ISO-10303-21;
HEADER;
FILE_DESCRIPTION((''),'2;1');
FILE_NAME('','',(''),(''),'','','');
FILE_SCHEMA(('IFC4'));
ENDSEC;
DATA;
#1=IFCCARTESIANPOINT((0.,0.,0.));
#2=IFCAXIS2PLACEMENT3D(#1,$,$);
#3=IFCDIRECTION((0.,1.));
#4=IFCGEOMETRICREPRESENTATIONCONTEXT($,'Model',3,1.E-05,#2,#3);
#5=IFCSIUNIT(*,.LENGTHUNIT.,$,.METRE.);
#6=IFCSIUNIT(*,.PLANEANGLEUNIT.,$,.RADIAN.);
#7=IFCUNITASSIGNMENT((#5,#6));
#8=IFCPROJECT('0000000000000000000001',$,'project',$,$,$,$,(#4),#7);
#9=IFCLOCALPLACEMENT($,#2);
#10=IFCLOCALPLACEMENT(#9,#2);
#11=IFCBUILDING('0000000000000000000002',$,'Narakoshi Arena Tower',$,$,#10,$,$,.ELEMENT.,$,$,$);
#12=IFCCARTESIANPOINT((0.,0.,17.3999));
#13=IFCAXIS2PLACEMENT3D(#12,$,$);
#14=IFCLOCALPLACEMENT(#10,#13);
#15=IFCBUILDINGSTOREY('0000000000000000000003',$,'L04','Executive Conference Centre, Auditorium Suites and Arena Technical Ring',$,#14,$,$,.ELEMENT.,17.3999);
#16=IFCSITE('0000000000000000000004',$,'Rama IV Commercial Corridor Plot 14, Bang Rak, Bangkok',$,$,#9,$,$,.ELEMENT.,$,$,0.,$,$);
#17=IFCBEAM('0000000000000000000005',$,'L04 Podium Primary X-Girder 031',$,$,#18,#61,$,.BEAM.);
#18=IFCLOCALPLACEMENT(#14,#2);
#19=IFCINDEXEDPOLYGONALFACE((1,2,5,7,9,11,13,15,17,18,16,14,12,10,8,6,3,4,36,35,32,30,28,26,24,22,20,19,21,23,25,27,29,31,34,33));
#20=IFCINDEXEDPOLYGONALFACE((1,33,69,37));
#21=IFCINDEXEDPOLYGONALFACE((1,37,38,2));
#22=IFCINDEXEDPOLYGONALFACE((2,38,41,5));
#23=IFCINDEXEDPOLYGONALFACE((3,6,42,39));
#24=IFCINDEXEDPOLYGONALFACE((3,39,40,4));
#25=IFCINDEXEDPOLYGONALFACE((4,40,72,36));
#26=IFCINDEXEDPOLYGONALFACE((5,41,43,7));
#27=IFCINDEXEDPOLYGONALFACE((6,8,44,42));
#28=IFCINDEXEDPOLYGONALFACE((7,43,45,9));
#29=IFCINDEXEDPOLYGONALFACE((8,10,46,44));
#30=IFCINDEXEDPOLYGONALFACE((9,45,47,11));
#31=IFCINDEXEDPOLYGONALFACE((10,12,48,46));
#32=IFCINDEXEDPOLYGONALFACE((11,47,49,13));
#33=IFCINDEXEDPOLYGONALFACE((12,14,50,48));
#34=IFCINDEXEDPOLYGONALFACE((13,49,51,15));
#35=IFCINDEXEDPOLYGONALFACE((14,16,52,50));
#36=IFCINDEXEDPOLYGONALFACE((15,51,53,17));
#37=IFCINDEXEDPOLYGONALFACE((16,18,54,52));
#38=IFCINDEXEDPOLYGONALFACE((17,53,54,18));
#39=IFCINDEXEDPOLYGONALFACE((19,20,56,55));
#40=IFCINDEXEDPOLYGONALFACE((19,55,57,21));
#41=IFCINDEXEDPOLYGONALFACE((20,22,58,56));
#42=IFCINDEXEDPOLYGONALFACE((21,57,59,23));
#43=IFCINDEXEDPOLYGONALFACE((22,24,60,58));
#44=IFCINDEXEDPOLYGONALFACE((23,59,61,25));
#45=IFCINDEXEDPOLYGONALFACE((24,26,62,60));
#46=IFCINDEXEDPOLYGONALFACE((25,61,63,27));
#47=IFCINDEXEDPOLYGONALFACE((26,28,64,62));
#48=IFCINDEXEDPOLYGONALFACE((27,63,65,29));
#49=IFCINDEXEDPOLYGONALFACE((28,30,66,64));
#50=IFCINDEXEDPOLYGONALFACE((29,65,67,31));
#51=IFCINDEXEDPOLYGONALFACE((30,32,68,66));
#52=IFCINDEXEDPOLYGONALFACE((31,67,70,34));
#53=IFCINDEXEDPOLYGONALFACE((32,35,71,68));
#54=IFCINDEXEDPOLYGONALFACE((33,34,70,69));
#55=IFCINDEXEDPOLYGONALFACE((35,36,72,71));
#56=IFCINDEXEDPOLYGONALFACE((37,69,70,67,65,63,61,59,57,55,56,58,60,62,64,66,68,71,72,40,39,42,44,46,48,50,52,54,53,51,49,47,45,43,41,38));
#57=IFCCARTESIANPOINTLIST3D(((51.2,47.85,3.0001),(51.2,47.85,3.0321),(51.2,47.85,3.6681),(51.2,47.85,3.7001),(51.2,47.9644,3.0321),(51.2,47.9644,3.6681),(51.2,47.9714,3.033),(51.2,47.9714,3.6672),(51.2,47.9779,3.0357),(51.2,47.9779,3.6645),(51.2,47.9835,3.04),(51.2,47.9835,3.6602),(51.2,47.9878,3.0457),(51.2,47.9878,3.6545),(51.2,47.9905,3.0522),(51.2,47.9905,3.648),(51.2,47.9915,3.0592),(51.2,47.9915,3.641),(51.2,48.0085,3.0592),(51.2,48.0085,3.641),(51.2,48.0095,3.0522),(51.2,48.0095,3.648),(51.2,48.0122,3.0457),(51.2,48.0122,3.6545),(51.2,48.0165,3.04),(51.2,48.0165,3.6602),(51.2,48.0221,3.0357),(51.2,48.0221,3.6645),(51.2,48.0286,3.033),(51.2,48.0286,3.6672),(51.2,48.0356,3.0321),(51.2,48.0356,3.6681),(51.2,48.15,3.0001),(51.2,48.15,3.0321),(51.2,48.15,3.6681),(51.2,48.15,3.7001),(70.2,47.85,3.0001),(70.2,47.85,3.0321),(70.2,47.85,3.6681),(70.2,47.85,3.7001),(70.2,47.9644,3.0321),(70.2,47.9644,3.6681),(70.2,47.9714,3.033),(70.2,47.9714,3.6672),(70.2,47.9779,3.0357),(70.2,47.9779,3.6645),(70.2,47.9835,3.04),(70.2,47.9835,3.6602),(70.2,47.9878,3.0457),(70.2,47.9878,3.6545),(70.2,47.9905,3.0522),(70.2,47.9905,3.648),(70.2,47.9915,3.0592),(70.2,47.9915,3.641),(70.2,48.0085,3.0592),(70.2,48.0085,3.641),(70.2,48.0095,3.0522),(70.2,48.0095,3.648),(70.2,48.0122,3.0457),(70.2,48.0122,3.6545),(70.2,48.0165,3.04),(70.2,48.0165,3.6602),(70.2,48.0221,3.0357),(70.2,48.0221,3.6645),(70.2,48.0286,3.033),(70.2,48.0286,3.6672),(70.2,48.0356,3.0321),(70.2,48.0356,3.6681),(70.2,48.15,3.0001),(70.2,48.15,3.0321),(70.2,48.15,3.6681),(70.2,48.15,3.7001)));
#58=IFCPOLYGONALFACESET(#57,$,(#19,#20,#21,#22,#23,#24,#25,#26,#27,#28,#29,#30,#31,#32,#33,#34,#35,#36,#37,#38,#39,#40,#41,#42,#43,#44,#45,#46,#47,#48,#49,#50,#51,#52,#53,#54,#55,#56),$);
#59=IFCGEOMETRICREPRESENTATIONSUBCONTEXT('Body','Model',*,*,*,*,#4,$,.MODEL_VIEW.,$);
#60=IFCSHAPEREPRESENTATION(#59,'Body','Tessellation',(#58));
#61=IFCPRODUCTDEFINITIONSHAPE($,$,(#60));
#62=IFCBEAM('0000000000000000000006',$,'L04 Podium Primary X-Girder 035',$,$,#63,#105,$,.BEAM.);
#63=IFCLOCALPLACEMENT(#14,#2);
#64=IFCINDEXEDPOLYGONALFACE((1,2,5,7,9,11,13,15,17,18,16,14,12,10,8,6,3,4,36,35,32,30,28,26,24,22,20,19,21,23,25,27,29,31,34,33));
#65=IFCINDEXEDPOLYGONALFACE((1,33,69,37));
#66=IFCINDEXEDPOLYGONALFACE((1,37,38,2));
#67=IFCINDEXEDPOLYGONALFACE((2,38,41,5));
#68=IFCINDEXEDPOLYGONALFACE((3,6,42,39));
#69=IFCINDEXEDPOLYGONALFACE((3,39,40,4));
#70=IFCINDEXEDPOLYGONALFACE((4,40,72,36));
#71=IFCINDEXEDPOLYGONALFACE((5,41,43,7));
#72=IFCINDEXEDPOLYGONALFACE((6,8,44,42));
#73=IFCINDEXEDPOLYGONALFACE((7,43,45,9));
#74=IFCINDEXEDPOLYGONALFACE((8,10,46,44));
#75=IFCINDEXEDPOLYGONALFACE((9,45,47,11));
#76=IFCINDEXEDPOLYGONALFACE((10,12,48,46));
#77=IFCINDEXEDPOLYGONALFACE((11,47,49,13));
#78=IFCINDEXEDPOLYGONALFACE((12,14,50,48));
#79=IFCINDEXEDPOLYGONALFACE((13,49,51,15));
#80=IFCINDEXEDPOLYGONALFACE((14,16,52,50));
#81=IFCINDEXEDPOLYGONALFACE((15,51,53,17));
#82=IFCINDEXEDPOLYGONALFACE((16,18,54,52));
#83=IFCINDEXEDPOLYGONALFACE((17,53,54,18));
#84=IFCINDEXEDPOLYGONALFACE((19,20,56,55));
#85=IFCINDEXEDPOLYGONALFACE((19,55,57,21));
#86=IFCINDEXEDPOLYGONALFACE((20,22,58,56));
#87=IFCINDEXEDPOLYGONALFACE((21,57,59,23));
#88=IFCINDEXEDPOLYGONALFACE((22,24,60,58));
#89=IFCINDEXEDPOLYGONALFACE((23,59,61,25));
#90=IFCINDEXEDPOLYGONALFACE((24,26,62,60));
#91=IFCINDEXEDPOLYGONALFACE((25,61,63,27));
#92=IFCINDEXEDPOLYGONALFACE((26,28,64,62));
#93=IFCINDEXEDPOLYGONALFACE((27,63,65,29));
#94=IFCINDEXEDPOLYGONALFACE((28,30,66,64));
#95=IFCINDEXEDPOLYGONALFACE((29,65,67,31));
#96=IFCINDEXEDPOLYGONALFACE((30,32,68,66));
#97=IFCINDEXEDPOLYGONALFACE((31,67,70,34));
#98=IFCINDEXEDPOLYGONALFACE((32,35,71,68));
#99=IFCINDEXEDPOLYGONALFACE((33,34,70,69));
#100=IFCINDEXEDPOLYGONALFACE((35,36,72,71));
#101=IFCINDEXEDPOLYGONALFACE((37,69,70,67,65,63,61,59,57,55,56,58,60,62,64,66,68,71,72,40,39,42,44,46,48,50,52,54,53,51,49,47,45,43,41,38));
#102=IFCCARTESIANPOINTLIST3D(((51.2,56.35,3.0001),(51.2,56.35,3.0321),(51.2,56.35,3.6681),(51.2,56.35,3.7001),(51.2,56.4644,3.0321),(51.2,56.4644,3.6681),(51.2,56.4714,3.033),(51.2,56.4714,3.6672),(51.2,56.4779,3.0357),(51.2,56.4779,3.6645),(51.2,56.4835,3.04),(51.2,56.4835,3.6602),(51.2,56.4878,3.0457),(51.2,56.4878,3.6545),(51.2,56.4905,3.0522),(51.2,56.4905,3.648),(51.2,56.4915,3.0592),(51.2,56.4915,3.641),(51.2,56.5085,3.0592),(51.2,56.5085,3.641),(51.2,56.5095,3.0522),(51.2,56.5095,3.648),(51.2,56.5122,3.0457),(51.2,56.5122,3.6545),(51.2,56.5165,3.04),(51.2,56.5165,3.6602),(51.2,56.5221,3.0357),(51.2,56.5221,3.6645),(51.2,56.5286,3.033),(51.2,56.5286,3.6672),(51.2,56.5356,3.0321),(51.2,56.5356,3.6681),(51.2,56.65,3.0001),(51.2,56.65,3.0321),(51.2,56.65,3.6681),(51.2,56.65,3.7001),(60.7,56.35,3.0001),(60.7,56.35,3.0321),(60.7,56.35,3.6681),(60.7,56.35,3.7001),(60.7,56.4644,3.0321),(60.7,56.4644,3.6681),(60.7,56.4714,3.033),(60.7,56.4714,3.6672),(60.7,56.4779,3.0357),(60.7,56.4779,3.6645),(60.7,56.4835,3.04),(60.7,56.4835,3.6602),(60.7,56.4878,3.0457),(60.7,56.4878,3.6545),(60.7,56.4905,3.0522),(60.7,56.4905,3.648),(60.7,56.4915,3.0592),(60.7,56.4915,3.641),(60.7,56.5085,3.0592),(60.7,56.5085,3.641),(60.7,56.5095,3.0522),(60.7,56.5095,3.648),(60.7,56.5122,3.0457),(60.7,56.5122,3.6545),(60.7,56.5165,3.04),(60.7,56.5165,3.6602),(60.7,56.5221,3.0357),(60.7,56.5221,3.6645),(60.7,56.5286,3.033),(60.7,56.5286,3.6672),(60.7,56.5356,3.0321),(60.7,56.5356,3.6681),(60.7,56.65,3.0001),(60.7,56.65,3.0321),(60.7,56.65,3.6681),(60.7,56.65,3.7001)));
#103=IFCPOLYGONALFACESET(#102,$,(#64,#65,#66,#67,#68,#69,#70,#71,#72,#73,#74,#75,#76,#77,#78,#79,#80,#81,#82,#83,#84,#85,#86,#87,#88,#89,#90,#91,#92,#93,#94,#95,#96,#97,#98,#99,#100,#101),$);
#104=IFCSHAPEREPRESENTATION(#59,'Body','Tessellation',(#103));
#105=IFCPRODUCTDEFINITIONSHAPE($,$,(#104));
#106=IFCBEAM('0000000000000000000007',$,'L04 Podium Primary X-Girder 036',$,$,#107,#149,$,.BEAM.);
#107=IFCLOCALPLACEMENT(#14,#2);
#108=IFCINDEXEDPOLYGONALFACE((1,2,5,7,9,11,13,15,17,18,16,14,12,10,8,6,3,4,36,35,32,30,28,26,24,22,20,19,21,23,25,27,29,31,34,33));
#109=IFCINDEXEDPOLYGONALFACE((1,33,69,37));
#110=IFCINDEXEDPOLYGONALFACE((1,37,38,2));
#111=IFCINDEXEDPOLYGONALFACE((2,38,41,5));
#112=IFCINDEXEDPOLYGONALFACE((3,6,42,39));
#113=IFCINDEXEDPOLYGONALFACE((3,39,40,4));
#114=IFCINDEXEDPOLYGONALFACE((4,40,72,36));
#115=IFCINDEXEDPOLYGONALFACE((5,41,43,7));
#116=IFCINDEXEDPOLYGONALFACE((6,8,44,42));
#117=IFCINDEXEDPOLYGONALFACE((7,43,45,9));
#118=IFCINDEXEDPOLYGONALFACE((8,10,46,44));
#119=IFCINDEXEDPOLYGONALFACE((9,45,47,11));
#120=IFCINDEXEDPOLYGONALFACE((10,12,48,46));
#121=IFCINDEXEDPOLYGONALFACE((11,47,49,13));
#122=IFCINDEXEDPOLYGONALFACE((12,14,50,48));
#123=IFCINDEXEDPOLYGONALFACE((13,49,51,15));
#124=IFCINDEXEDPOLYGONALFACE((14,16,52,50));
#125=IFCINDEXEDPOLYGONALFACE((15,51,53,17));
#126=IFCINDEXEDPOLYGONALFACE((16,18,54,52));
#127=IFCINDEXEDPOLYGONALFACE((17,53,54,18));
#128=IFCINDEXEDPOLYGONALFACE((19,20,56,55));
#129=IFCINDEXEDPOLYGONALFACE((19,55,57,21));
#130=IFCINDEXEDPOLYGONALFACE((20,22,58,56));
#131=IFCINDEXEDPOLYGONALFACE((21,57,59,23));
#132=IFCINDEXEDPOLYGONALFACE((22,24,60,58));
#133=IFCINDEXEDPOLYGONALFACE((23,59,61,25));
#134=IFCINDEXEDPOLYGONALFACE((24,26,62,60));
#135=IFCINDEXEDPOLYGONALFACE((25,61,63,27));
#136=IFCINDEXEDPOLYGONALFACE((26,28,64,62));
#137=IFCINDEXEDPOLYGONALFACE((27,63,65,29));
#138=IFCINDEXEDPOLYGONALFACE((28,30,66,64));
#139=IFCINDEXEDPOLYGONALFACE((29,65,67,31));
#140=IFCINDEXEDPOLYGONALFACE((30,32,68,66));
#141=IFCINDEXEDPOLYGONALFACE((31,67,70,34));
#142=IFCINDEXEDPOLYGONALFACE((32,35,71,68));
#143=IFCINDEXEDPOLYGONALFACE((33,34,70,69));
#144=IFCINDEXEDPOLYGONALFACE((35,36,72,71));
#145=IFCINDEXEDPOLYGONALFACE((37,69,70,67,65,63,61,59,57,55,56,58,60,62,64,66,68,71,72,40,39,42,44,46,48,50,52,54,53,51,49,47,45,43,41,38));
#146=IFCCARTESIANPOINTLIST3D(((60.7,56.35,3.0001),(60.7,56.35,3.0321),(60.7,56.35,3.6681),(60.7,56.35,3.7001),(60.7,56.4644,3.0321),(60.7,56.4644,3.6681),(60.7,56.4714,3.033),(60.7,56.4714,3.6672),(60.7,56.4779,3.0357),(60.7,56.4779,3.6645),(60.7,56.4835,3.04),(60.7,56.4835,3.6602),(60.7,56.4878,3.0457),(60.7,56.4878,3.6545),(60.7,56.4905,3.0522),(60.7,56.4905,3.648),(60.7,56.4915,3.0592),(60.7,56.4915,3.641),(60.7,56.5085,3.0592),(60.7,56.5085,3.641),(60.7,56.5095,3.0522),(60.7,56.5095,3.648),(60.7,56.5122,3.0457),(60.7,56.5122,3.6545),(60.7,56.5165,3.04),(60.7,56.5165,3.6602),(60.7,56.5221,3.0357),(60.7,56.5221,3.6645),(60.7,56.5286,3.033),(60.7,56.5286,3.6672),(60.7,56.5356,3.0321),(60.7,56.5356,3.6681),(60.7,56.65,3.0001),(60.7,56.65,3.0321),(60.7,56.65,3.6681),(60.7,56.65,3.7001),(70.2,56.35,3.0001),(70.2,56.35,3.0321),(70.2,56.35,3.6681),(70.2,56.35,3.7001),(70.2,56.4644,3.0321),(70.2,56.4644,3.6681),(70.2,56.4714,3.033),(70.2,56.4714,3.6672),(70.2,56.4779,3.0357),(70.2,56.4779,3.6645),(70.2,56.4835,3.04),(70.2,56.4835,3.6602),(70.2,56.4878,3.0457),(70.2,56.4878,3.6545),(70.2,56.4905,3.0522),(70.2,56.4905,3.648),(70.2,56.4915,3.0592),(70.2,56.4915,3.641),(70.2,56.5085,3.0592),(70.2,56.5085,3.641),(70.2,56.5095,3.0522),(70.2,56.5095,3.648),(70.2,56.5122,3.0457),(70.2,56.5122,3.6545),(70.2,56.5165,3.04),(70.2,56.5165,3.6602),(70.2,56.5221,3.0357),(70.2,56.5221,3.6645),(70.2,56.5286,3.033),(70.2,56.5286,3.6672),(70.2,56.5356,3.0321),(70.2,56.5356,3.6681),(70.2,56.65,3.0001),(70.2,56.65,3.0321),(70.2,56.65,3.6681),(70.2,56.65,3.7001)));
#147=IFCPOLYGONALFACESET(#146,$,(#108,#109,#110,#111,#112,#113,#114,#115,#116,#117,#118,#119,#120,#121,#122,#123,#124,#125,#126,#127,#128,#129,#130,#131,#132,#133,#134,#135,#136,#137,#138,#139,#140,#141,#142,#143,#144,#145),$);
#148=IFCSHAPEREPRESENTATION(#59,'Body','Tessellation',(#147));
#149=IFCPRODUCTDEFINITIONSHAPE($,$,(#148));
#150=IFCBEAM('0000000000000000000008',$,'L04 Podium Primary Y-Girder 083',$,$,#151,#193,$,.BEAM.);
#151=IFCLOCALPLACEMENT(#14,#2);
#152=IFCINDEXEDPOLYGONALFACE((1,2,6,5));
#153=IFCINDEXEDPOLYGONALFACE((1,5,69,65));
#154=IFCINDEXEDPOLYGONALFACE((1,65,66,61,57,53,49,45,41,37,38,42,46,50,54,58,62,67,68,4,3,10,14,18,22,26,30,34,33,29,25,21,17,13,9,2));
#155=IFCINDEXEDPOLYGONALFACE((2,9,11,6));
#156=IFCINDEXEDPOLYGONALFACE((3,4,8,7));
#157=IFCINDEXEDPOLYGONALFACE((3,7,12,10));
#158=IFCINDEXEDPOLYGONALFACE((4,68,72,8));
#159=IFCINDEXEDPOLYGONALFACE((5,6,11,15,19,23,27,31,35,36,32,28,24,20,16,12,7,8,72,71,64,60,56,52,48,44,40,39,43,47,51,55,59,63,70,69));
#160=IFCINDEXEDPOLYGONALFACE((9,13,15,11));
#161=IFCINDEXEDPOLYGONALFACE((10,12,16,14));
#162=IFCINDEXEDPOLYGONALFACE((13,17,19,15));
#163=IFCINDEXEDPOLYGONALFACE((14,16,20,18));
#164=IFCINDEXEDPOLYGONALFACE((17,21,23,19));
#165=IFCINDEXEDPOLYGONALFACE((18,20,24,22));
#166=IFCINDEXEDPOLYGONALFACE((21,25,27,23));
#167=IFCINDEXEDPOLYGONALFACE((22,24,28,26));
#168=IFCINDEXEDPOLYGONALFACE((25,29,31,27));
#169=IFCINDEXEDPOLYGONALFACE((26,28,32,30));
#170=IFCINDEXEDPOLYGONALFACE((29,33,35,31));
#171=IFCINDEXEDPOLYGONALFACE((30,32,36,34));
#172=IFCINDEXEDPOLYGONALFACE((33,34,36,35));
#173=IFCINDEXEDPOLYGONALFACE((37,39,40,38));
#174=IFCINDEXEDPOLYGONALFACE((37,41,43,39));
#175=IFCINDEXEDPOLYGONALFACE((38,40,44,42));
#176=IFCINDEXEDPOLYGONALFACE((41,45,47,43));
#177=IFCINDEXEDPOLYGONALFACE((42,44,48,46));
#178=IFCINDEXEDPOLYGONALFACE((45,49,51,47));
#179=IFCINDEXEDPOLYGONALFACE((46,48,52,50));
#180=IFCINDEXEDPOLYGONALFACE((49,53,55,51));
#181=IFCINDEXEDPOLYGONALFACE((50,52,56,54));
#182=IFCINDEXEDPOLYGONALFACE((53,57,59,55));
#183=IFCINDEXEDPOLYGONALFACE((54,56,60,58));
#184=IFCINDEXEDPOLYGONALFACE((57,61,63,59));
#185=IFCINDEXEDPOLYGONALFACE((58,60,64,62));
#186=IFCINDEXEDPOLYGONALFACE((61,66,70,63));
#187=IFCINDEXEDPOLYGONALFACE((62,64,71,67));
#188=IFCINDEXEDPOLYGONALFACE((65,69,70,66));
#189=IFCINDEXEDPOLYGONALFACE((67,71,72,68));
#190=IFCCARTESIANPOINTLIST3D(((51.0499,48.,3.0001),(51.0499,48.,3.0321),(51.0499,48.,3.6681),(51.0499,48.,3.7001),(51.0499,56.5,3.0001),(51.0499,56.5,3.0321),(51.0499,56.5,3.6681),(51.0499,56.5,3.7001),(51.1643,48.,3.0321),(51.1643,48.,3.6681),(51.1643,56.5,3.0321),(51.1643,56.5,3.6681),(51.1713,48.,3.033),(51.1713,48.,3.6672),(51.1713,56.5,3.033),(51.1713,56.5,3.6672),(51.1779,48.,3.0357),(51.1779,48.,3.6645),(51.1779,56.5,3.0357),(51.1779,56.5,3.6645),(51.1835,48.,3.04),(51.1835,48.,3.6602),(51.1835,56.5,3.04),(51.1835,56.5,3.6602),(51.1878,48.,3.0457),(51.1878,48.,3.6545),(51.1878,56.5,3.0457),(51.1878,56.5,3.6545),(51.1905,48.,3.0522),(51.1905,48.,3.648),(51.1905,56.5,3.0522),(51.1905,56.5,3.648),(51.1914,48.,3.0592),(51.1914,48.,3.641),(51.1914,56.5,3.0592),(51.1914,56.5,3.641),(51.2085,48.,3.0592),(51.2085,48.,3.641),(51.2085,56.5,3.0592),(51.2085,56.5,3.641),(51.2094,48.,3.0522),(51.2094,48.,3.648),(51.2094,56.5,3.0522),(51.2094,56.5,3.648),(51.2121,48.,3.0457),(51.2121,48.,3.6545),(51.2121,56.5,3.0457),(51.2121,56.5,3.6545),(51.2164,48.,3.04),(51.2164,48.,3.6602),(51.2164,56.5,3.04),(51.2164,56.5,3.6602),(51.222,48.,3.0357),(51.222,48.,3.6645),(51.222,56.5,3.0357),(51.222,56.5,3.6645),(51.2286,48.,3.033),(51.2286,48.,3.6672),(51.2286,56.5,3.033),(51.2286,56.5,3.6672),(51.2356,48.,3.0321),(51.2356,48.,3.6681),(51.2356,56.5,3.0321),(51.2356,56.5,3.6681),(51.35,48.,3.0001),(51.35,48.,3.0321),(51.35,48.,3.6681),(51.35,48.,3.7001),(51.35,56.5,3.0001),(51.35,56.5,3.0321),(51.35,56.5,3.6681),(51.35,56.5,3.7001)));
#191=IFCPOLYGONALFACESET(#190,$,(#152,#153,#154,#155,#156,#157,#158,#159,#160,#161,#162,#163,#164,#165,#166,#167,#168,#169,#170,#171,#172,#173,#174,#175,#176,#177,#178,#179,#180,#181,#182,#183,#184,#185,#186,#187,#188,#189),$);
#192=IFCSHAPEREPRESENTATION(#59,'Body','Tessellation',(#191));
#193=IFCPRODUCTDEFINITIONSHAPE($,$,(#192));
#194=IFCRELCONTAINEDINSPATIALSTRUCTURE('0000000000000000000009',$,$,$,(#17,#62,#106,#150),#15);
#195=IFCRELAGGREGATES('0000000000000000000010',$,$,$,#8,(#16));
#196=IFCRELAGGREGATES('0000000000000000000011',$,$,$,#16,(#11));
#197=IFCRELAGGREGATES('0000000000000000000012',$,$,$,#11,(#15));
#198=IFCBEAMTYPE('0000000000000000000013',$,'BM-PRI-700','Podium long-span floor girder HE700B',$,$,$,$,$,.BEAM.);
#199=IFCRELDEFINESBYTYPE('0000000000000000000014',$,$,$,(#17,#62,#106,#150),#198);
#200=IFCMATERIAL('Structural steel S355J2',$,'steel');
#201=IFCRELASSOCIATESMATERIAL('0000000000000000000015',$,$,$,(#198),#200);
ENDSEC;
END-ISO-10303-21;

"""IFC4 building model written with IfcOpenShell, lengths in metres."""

from ifc_helpers import new_model, si_unit, direction, frame, origin, origin_2d, place, context, subcontext, project, spatial, i_section, extrude, material, material_profile, profile_set, type_object, element, save


model = new_model("IFC4")

# Units and contexts
model_context = context("Model", 3, precision=1e-05, world=origin(), true_north=direction((0.0, 1.0)))
body_context = subcontext(model_context, "Body", "Model", "MODEL_VIEW")
ifc_project = project(units=[si_unit("LENGTHUNIT", "METRE"), si_unit("PLANEANGLEUNIT", "RADIAN")], contexts=[model_context])

# Site, building, storey
site_placement = place(None, origin())
site = spatial("IfcSite", under=ifc_project, at=site_placement, Name="Rama IV Commercial Corridor Plot 14, Bang Rak, Bangkok", CompositionType="ELEMENT", RefElevation=0.0)
building_placement = place(site_placement, origin())
building = spatial("IfcBuilding", under=site, at=building_placement, Name="Narakoshi Arena Tower", CompositionType="ELEMENT")
storey_placement = place(building_placement, frame((0.0, 0.0, 17.3999)))
storey = spatial("IfcBuildingStorey", under=building, at=storey_placement, Name="L04", Description="Executive Conference Centre, Auditorium Suites and Arena Technical Ring", CompositionType="ELEMENT", Elevation=17.3999)

# Beams
ifc_material_1 = material(Name="Structural steel S355J2", Category="steel")
ifc_material_profile_1 = material_profile(ifc_material_1, i_section(OverallWidth=0.3, OverallDepth=0.7, WebThickness=0.0171, FlangeThickness=0.032, FilletRadius=0.0271, at=origin_2d()), Name="HE700B")
ifc_profile_set_1 = profile_set([ifc_material_profile_1], Name="Structural steel S355J2")
beam_type_1 = type_object("IfcBeamType", Name="BM-PRI-700", Description="Podium long-span floor girder HE700B", PredefinedType="BEAM", material=ifc_profile_set_1)
beam_1_placement = place(storey_placement, frame((51.2, 48.0, 3.3501), z_axis=(1.0, 0.0, 0.0), x_axis=(0.0, 1.0, 0.0)))
element("IfcBeam", 1, at=beam_1_placement, inside=storey, type_object=beam_type_1, Name="L04 Podium Primary X-Girder 031", PredefinedType="BEAM", context=body_context, shape_type="SweptSolid", body=[
    extrude(i_section(OverallWidth=0.3, OverallDepth=0.7, WebThickness=0.0171, FlangeThickness=0.032, FilletRadius=0.0271, at=origin_2d()), origin(), (0.0, 0.0, 1.0), 19.0),
])
for number, where, z_axis, x_axis, name in (
    (2, (51.2, 56.5, 3.3501), (1.0, 0.0, 0.0), (0.0, 1.0, 0.0), "L04 Podium Primary X-Girder 035"),
    (3, (60.7, 56.5, 3.3501), (1.0, 0.0, 0.0), (0.0, 1.0, 0.0), "L04 Podium Primary X-Girder 036"),
):
    element("IfcBeam", number, at=place(storey_placement, frame(where, z_axis=z_axis, x_axis=x_axis)), inside=storey, type_object=beam_type_1, Name=name, PredefinedType="BEAM", context=body_context, shape_type="SweptSolid", body=[
        extrude(i_section(OverallWidth=0.3, OverallDepth=0.7, WebThickness=0.0171, FlangeThickness=0.032, FilletRadius=0.0271, at=origin_2d()), origin(), (0.0, 0.0, 1.0), 9.5),
    ])
beam_2_placement = place(storey_placement, frame((51.2, 48.0, 3.3501), z_axis=(0.0, 1.0, 0.0), x_axis=(-1.0, 0.0, 0.0)))
element("IfcBeam", 4, at=beam_2_placement, inside=storey, type_object=beam_type_1, Name="L04 Podium Primary Y-Girder 083", PredefinedType="BEAM", context=body_context, shape_type="SweptSolid", body=[
    extrude(i_section(OverallWidth=0.3, OverallDepth=0.7, WebThickness=0.0171, FlangeThickness=0.032, FilletRadius=0.0271, at=origin_2d()), origin(), (0.0, 0.0, 1.0), 8.5),
])

save(model, "model.ifc")
